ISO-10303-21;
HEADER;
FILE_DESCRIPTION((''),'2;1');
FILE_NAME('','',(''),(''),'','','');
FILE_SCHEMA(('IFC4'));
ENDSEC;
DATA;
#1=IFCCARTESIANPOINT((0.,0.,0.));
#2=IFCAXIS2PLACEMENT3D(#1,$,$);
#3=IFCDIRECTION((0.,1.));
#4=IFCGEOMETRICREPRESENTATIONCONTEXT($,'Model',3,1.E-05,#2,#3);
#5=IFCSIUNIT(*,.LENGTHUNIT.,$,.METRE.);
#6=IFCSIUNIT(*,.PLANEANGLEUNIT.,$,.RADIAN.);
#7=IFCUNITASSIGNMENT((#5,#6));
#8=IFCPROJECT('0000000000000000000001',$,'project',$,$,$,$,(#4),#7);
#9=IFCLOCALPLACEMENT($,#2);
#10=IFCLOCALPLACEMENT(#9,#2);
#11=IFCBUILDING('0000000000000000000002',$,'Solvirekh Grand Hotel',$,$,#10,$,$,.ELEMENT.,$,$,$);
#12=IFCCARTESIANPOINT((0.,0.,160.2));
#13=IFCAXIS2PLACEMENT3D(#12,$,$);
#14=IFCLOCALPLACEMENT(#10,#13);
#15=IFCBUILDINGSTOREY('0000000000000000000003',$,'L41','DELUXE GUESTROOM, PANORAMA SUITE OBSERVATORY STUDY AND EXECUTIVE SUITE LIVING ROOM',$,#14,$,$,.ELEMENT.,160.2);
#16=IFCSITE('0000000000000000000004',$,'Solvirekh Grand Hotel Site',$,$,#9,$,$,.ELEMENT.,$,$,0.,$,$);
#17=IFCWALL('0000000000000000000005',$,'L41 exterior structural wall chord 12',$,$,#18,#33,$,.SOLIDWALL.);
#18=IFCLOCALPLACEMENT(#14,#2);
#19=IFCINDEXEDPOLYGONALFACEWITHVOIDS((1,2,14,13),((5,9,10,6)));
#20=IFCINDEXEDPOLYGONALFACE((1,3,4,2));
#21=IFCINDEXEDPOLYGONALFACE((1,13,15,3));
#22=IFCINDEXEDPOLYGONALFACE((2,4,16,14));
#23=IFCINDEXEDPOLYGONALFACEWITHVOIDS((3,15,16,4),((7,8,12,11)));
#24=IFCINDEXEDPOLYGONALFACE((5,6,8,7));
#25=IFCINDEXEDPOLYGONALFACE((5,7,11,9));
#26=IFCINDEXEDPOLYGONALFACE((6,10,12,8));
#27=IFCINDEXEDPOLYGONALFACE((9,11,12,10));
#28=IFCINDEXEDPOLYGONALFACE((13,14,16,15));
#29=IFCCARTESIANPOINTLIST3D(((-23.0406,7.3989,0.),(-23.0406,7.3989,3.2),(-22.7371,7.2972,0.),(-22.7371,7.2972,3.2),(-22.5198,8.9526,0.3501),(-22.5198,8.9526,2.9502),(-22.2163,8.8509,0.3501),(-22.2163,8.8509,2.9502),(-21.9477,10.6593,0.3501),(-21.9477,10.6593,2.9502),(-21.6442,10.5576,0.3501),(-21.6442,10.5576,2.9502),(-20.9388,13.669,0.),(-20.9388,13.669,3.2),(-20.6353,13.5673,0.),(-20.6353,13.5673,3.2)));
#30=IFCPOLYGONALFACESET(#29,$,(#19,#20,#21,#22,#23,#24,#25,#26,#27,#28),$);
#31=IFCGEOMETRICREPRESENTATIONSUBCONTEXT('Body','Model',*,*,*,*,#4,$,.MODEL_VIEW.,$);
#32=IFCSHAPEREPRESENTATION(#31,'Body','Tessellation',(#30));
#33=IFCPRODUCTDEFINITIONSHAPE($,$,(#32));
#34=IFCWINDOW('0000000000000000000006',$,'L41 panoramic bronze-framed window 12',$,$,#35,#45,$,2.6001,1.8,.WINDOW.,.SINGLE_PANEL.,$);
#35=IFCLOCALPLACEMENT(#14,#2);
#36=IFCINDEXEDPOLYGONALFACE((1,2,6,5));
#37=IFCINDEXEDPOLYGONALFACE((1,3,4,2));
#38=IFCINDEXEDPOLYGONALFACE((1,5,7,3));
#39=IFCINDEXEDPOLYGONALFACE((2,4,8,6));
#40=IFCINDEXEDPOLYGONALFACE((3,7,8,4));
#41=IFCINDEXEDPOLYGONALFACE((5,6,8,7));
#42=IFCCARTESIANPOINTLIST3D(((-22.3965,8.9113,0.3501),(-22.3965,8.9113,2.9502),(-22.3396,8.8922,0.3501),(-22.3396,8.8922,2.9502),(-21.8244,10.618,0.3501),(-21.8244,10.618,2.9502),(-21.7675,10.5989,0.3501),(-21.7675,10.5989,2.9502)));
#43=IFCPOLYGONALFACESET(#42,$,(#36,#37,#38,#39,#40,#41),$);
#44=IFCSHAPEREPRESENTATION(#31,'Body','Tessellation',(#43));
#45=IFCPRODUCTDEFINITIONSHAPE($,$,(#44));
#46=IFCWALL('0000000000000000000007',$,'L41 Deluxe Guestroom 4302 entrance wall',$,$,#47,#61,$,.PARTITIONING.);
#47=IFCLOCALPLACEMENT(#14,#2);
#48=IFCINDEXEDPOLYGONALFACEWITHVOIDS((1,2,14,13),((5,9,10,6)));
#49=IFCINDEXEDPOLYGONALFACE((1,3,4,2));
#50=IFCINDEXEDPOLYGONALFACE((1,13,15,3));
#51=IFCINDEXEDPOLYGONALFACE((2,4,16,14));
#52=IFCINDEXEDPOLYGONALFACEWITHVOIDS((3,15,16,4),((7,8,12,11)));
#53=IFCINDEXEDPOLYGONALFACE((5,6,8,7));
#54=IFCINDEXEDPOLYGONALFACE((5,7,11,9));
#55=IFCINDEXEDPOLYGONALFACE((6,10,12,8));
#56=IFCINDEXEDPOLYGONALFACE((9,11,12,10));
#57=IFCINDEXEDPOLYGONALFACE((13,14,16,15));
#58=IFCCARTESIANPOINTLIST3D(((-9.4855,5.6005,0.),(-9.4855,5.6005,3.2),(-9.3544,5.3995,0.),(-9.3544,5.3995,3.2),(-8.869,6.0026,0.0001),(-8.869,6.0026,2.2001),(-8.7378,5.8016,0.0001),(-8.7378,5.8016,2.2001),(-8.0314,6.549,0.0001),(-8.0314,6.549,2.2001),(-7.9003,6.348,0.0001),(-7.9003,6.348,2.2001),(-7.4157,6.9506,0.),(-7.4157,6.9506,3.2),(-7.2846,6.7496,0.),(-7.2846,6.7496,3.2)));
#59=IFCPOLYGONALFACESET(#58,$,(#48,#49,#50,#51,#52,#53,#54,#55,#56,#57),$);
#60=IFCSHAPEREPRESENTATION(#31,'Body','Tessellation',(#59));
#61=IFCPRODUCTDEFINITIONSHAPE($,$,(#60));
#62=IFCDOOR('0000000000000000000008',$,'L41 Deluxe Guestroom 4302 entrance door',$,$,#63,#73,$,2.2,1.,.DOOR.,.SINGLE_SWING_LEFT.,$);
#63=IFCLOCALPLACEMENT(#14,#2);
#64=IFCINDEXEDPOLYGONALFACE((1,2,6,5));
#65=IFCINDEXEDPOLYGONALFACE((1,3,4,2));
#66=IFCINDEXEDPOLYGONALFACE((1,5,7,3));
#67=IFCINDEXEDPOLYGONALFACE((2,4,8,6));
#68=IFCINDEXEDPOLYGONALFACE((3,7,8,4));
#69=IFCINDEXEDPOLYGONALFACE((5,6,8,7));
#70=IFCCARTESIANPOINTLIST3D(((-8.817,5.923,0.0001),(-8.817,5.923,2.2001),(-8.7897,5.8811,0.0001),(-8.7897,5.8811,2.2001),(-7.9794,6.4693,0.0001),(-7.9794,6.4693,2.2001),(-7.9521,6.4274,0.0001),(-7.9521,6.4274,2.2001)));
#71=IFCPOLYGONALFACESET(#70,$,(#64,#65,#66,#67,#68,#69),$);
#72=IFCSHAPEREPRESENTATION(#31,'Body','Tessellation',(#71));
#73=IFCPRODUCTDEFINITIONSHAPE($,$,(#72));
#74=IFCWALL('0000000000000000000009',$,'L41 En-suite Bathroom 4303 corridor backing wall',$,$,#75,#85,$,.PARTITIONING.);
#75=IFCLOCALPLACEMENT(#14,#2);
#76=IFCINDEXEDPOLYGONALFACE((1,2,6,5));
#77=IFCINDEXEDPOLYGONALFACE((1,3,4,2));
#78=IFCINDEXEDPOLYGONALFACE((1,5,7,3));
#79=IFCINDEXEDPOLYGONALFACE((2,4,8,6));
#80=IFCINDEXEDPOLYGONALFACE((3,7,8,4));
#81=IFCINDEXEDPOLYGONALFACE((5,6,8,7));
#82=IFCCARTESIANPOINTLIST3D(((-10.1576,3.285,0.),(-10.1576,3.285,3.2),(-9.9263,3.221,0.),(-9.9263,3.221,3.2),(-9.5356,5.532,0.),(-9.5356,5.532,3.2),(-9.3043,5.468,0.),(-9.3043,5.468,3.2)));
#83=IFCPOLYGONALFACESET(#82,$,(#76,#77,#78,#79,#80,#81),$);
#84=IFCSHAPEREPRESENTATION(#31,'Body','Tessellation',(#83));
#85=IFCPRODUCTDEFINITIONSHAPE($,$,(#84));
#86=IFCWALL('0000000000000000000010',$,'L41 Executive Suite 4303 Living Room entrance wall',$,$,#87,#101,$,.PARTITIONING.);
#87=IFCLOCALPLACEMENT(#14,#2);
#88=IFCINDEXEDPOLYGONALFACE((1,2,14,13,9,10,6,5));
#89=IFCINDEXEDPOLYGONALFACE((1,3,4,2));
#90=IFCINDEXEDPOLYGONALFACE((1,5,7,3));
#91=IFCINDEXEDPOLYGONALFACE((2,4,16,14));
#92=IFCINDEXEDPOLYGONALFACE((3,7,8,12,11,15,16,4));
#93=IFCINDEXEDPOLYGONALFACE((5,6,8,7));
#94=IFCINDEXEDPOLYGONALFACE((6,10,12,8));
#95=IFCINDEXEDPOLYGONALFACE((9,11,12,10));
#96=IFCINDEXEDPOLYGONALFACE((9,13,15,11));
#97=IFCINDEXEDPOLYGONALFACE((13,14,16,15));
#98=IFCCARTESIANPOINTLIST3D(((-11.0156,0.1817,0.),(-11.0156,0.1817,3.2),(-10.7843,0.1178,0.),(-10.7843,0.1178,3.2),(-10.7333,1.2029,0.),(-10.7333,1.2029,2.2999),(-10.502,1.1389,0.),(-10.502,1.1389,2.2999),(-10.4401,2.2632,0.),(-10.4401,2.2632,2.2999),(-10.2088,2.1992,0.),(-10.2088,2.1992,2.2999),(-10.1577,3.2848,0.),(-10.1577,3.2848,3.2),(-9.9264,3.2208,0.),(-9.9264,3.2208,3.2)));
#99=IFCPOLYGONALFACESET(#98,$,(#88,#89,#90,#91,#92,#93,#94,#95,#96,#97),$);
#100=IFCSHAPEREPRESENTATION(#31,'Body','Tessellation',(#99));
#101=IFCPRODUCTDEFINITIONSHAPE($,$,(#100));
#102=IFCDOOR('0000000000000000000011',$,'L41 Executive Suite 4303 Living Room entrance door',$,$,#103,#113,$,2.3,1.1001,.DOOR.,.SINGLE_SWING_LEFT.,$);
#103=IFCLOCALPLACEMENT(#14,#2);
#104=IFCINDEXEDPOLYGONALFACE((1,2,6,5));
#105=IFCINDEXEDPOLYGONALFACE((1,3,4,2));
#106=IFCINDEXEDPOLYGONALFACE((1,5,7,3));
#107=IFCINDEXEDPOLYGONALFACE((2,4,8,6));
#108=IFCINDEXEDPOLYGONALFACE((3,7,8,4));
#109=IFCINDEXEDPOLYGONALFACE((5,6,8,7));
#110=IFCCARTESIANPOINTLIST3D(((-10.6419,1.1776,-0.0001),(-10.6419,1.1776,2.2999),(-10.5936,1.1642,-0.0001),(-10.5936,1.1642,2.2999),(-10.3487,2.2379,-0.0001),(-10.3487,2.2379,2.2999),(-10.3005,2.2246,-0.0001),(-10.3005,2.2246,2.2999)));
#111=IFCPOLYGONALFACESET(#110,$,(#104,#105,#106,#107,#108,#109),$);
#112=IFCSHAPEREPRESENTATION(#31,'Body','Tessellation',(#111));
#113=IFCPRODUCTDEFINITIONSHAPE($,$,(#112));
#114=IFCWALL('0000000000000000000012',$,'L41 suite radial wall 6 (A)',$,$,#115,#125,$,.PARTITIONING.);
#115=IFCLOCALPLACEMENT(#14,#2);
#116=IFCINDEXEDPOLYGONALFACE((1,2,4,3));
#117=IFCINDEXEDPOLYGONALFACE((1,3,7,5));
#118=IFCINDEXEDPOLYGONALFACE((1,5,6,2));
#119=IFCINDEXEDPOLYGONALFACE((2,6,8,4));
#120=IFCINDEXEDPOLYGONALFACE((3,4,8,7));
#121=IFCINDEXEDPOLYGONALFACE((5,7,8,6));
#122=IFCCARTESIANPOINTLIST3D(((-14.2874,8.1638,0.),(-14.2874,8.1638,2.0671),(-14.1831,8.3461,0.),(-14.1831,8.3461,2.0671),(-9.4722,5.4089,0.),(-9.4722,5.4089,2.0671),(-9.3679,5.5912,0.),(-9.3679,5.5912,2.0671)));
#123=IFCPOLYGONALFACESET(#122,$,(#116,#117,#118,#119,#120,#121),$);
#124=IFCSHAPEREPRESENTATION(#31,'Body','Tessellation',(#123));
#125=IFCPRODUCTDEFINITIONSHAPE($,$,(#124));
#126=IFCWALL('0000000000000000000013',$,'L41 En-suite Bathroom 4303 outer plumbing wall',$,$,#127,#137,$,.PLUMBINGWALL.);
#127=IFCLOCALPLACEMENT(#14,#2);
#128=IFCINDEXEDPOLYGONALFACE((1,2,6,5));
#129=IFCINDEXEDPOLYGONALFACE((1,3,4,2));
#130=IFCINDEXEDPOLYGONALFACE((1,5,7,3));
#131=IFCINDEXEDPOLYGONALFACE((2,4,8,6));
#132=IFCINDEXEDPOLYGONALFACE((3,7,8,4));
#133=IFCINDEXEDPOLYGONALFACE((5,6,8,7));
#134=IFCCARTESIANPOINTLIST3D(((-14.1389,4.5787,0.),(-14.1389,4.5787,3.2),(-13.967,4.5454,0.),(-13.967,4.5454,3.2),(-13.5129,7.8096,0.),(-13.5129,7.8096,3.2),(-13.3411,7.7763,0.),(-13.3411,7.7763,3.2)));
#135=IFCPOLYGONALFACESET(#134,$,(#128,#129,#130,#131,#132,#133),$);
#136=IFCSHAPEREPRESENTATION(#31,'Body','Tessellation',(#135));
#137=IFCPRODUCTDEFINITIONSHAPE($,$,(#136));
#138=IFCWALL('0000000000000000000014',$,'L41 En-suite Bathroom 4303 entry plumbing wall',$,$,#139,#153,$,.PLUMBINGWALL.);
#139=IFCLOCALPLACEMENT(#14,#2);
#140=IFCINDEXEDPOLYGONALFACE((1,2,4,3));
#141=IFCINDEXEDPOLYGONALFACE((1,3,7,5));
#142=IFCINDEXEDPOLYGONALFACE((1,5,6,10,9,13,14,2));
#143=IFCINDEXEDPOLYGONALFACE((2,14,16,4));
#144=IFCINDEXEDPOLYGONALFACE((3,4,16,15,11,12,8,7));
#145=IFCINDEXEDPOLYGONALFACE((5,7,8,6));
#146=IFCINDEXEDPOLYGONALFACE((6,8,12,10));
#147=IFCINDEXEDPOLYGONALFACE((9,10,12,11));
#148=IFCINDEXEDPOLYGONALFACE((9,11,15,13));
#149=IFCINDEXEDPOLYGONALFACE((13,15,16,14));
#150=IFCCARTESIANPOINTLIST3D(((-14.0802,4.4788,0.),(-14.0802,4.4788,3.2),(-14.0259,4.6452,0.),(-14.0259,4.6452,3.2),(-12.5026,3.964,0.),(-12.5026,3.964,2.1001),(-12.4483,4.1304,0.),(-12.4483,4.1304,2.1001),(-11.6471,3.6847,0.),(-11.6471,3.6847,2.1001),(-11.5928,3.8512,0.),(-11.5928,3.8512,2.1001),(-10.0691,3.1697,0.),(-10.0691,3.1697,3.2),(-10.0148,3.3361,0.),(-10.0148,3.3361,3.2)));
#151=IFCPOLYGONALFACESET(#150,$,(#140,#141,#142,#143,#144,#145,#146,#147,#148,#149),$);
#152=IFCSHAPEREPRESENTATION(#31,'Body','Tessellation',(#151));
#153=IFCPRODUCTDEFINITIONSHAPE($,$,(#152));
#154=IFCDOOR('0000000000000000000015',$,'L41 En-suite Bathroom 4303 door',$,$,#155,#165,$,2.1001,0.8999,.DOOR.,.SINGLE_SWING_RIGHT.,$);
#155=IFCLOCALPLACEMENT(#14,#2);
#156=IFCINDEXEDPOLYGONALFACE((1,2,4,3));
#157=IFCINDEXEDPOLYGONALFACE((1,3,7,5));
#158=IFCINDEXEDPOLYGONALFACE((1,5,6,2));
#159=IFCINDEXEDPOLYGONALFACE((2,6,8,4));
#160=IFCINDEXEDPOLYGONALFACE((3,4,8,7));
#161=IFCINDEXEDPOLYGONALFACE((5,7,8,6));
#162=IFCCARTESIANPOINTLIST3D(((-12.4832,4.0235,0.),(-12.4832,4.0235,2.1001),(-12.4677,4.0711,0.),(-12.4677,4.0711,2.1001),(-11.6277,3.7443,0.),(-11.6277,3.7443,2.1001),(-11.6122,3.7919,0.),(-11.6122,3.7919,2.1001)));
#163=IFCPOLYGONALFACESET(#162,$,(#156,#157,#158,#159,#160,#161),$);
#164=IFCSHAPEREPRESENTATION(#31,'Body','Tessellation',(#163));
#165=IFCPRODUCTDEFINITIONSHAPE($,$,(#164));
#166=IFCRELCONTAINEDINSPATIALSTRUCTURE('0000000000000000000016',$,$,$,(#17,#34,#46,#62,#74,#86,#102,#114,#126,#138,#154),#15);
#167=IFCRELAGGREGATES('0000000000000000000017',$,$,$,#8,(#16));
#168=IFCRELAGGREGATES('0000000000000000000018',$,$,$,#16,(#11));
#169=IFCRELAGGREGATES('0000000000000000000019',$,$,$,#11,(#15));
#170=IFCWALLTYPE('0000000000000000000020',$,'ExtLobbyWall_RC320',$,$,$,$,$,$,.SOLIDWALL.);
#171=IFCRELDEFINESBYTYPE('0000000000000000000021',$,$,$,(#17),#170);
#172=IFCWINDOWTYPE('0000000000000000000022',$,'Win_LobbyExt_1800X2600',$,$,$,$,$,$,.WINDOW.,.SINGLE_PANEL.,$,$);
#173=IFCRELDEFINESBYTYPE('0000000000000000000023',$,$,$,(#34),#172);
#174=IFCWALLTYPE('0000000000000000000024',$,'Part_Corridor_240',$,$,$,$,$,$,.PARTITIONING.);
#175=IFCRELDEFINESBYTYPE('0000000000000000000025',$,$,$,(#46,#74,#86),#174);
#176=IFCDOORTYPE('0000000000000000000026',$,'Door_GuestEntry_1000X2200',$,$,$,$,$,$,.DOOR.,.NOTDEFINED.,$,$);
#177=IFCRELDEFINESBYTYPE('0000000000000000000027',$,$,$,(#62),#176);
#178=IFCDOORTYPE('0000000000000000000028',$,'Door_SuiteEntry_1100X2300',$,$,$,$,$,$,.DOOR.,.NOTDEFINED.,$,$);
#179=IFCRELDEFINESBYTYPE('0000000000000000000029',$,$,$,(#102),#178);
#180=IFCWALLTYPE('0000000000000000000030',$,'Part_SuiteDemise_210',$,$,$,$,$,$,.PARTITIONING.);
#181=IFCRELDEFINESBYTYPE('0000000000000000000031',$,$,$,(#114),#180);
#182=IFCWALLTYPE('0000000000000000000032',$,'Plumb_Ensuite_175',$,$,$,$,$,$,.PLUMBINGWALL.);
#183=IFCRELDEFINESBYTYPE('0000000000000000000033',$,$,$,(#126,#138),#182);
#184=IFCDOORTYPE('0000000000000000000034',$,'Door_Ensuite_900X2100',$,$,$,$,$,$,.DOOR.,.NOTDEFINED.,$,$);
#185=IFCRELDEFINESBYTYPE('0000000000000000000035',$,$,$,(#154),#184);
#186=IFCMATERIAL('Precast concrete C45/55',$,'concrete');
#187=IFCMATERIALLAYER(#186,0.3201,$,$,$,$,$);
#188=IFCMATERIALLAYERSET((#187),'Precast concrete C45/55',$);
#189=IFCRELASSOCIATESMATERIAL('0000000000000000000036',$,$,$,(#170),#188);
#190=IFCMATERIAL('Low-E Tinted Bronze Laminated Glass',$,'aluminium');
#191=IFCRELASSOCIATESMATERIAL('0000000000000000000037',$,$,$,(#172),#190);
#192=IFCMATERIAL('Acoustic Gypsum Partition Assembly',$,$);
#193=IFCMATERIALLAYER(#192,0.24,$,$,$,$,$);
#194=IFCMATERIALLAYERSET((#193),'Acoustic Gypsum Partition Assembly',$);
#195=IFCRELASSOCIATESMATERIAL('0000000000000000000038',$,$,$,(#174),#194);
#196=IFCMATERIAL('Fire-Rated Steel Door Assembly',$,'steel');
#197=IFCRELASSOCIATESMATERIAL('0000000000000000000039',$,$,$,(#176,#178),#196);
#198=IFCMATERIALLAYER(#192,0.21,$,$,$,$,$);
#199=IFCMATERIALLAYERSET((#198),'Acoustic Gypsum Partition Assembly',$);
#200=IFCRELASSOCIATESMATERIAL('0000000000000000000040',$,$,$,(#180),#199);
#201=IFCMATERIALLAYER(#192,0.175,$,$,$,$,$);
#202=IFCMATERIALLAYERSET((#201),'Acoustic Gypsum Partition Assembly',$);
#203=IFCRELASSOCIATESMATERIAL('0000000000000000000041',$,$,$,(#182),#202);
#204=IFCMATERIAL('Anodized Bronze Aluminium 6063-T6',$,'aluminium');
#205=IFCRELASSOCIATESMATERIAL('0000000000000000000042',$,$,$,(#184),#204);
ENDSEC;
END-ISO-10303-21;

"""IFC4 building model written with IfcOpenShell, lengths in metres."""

from ifc_helpers import new_model, si_unit, direction, frame, frame_2d, origin, place, context, subcontext, project, spatial, rectangle, extrude, material, layer, layer_set, type_object, element, fill, save


model = new_model("IFC4")

# Units and contexts
model_context = context("Model", 3, precision=1e-05, world=origin(), true_north=direction((0.0, 1.0)))
body_context = subcontext(model_context, "Body", "Model", "MODEL_VIEW")
ifc_project = project(units=[si_unit("LENGTHUNIT", "METRE"), si_unit("PLANEANGLEUNIT", "RADIAN")], contexts=[model_context])

# Site, building, storey
site_placement = place(None, origin())
site = spatial("IfcSite", under=ifc_project, at=site_placement, Name="Solvirekh Grand Hotel Site", CompositionType="ELEMENT", RefElevation=0.0)
building_placement = place(site_placement, origin())
building = spatial("IfcBuilding", under=site, at=building_placement, Name="Solvirekh Grand Hotel", CompositionType="ELEMENT")
storey_placement = place(building_placement, frame((0.0, 0.0, 160.2)))
storey = spatial("IfcBuildingStorey", under=building, at=storey_placement, Name="L41", Description="DELUXE GUESTROOM, PANORAMA SUITE OBSERVATORY STUDY AND EXECUTIVE SUITE LIVING ROOM", CompositionType="ELEMENT", Elevation=160.2)

# Shared definitions
ifc_material_1 = material(Name="Anodized Bronze Aluminium 6063-T6", Category="aluminium")
ifc_material_2 = material(Name="Low-E Tinted Bronze Laminated Glass", Category="aluminium")

# Wall, opening, window
ifc_material_3 = material(Name="Precast concrete C45/55", Category="concrete")
ifc_layer_1 = layer(ifc_material_3, 0.3201)
ifc_layer_set_1 = layer_set([ifc_layer_1], Name="Precast concrete C45/55")
wall_type_1 = type_object("IfcWallType", Name="ExtLobbyWall_RC320", PredefinedType="SOLIDWALL", material=ifc_layer_set_1)
wall_1_placement = place(storey_placement, frame((-22.8889, 7.3479, 0.0), z_axis=(0.0, 0.0, 1.0), x_axis=(0.317833, 0.948147, 0.0)))
wall_1 = element("IfcWall", 1, at=wall_1_placement, inside=storey, type_object=wall_type_1, Name="L41 exterior structural wall chord 12", PredefinedType="SOLIDWALL", context=body_context, shape_type="SweptSolid", body=[
    extrude(rectangle(XDim=6.613, YDim=0.3201, at=frame_2d((3.3066, 0.0))), origin(), (0.0, 0.0, 1.0), 3.2),
])
opening_1_placement = place(wall_1_placement, frame((1.6389, 0.0, 0.3501)))
opening_1 = element("IfcOpeningElement", 2, at=opening_1_placement, cuts=wall_1, PredefinedType="OPENING", context=body_context, shape_type="SweptSolid", body=[
    extrude(rectangle(XDim=1.8, YDim=2.6001, at=frame_2d((0.8999, 1.3))), frame((0.0, 0.1699, 0.0), z_axis=(0.0, -1.0, 0.0), x_axis=(1.0, 0.0, 0.0)), (0.0, 0.0, 1.0), 0.3401),
])
window_type = type_object("IfcWindowType", Name="Win_LobbyExt_1800X2600", PartitioningType="SINGLE_PANEL", PredefinedType="WINDOW", material=ifc_material_2)
window_placement = place(opening_1_placement, origin())
window = element("IfcWindow", 3, at=window_placement, inside=storey, type_object=window_type, Name="L41 panoramic bronze-framed window 12", OverallHeight=2.6001, OverallWidth=1.8, PartitioningType="SINGLE_PANEL", PredefinedType="WINDOW", context=body_context, shape_type="SweptSolid", body=[
    extrude(rectangle(XDim=1.8, YDim=2.6001, at=frame_2d((0.8999, 1.3))), frame((0.0, 0.03, 0.0), z_axis=(0.0, -1.0, 0.0), x_axis=(1.0, 0.0, 0.0)), (0.0, 0.0, 1.0), 0.0601),
])
fill(opening_1, window)

# Wall, opening, door
ifc_material_4 = material(Name="Acoustic Gypsum Partition Assembly")
ifc_layer_2 = layer(ifc_material_4, 0.24)
ifc_layer_set_2 = layer_set([ifc_layer_2], Name="Acoustic Gypsum Partition Assembly")
wall_type_2 = type_object("IfcWallType", Name="Part_Corridor_240", PredefinedType="PARTITIONING", material=ifc_layer_set_2)
wall_2_placement = place(storey_placement, frame((-9.4199, 5.5, 0.0), z_axis=(0.0, 0.0, 1.0), x_axis=(0.837571, 0.546328, 0.0)))
wall_2 = element("IfcWall", 4, at=wall_2_placement, inside=storey, type_object=wall_type_2, Name="L41 Deluxe Guestroom 4302 entrance wall", PredefinedType="PARTITIONING", context=body_context, shape_type="SweptSolid", body=[
    extrude(rectangle(XDim=2.4712, YDim=0.24, at=frame_2d((1.2356, 0.0))), origin(), (0.0, 0.0, 1.0), 3.2),
])
opening_2_placement = place(wall_2_placement, frame((0.7361, 0.0, 0.0)))
opening_2 = element("IfcOpeningElement", 5, at=opening_2_placement, cuts=wall_2, PredefinedType="OPENING", context=body_context, shape_type="SweptSolid", body=[
    extrude(rectangle(XDim=1.0, YDim=2.2, at=frame_2d((0.5, 1.1001))), frame((0.0, 0.1299, 0.0), z_axis=(0.0, -1.0, 0.0), x_axis=(1.0, 0.0, 0.0)), (0.0, 0.0, 1.0), 0.26),
])
ifc_material_5 = material(Name="Fire-Rated Steel Door Assembly", Category="steel")
door_type_1 = type_object("IfcDoorType", Name="Door_GuestEntry_1000X2200", OperationType="NOTDEFINED", PredefinedType="DOOR", material=ifc_material_5)
door_1_placement = place(opening_2_placement, origin())
door_1 = element("IfcDoor", 6, at=door_1_placement, inside=storey, type_object=door_type_1, Name="L41 Deluxe Guestroom 4302 entrance door", OperationType="SINGLE_SWING_LEFT", OverallHeight=2.2, OverallWidth=1.0, PredefinedType="DOOR", context=body_context, shape_type="SweptSolid", body=[
    extrude(rectangle(XDim=1.0, YDim=2.2, at=frame_2d((0.5, 1.1001))), frame((0.0, 0.0249, 0.0), z_axis=(0.0, -1.0, 0.0), x_axis=(1.0, 0.0, 0.0)), (0.0, 0.0, 1.0), 0.05),
])
fill(opening_2, door_1)

# Wall
wall_3_placement = place(storey_placement, frame((-9.4199, 5.5, 0.0), z_axis=(0.0, 0.0, 1.0), x_axis=(-0.266801, -0.963752, 0.0)))
element("IfcWall", 7, at=wall_3_placement, inside=storey, type_object=wall_type_2, Name="L41 En-suite Bathroom 4303 corridor backing wall", PredefinedType="PARTITIONING", context=body_context, shape_type="SweptSolid", body=[
    extrude(rectangle(XDim=2.3315, YDim=0.24, at=frame_2d((1.1658, 0.0))), origin(), (0.0, 0.0, 1.0), 3.2),
])

# Wall, opening, door
wall_4_placement = place(storey_placement, frame((-10.042, 3.2529, 0.0), z_axis=(0.0, 0.0, 1.0), x_axis=(-0.266478, -0.963841, 0.0)))
wall_4 = element("IfcWall", 8, at=wall_4_placement, inside=storey, type_object=wall_type_2, Name="L41 Executive Suite 4303 Living Room entrance wall", PredefinedType="PARTITIONING", context=body_context, shape_type="SweptSolid", body=[
    extrude(rectangle(XDim=3.2195, YDim=0.24, at=frame_2d((1.6099, 0.0))), origin(), (0.0, 0.0, 1.0), 3.2),
])
opening_3_placement = place(wall_4_placement, frame((1.0601, 0.0, 0.0)))
opening_3 = element("IfcOpeningElement", 9, at=opening_3_placement, cuts=wall_4, PredefinedType="OPENING", context=body_context, shape_type="SweptSolid", body=[
    extrude(rectangle(XDim=1.1001, YDim=2.3, at=frame_2d((0.55, 1.1499))), frame((0.0, 0.1299, 0.0), z_axis=(0.0, -1.0, 0.0), x_axis=(1.0, 0.0, 0.0)), (0.0, 0.0, 1.0), 0.26),
])
door_type_2 = type_object("IfcDoorType", Name="Door_SuiteEntry_1100X2300", OperationType="NOTDEFINED", PredefinedType="DOOR", material=ifc_material_5)
door_2_placement = place(opening_3_placement, origin())
door_2 = element("IfcDoor", 10, at=door_2_placement, inside=storey, type_object=door_type_2, Name="L41 Executive Suite 4303 Living Room entrance door", OperationType="SINGLE_SWING_LEFT", OverallHeight=2.3, OverallWidth=1.1001, PredefinedType="DOOR", context=body_context, shape_type="SweptSolid", body=[
    extrude(rectangle(XDim=1.1001, YDim=2.3, at=frame_2d((0.55, 1.1499))), frame((0.0, 0.0249, 0.0), z_axis=(0.0, -1.0, 0.0), x_axis=(1.0, 0.0, 0.0)), (0.0, 0.0, 1.0), 0.05),
])
fill(opening_3, door_2)

# Walls
ifc_layer_3 = layer(ifc_material_4, 0.21)
ifc_layer_set_3 = layer_set([ifc_layer_3], Name="Acoustic Gypsum Partition Assembly")
wall_type_3 = type_object("IfcWallType", Name="Part_SuiteDemise_210", PredefinedType="PARTITIONING", material=ifc_layer_set_3)
wall_5_placement = place(storey_placement, frame((-9.4199, 5.5, 0.0), z_axis=(0.0, 0.0, 1.0), x_axis=(-0.867983, 0.496594, 0.0)))
element("IfcWall", 11, at=wall_5_placement, inside=storey, type_object=wall_type_3, Name="L41 suite radial wall 6 (A)", PredefinedType="PARTITIONING", context=body_context, shape_type="SweptSolid", body=[
    extrude(rectangle(XDim=5.5476, YDim=0.21, at=frame_2d((2.7739, 0.0))), origin(), (0.0, 0.0, 1.0), 2.0671),
])
ifc_layer_4 = layer(ifc_material_4, 0.175)
ifc_layer_set_4 = layer_set([ifc_layer_4], Name="Acoustic Gypsum Partition Assembly")
wall_type_4 = type_object("IfcWallType", Name="Plumb_Ensuite_175", PredefinedType="PLUMBINGWALL", material=ifc_layer_set_4)
wall_6_placement = place(storey_placement, frame((-13.427, 7.793, 0.0), z_axis=(0.0, 0.0, 1.0), x_axis=(-0.190206, -0.981744, 0.0)))
element("IfcWall", 12, at=wall_6_placement, inside=storey, type_object=wall_type_4, Name="L41 En-suite Bathroom 4303 outer plumbing wall", PredefinedType="PLUMBINGWALL", context=body_context, shape_type="SweptSolid", body=[
    extrude(rectangle(XDim=3.291, YDim=0.175, at=frame_2d((1.6455, 0.0))), origin(), (0.0, 0.0, 1.0), 3.2),
])

# Wall, opening, door
wall_7_placement = place(storey_placement, frame((-10.042, 3.2529, 0.0), z_axis=(0.0, 0.0, 1.0), x_axis=(-0.950649, 0.310267, 0.0)))
wall_7 = element("IfcWall", 13, at=wall_7_placement, inside=storey, type_object=wall_type_4, Name="L41 En-suite Bathroom 4303 entry plumbing wall", PredefinedType="PLUMBINGWALL", context=body_context, shape_type="SweptSolid", body=[
    extrude(rectangle(XDim=4.2192, YDim=0.175, at=frame_2d((2.1096, 0.0))), origin(), (0.0, 0.0, 1.0), 3.2),
])
opening_4_placement = place(wall_7_placement, frame((1.6599, 0.0, 0.0)))
opening_4 = element("IfcOpeningElement", 14, at=opening_4_placement, cuts=wall_7, PredefinedType="OPENING", context=body_context, shape_type="SweptSolid", body=[
    extrude(rectangle(XDim=0.8999, YDim=2.1001, at=frame_2d((0.45, 1.05))), frame((0.0, 0.0977, 0.0), z_axis=(0.0, -1.0, 0.0), x_axis=(1.0, 0.0, 0.0)), (0.0, 0.0, 1.0), 0.1951),
])
door_type_3 = type_object("IfcDoorType", Name="Door_Ensuite_900X2100", OperationType="NOTDEFINED", PredefinedType="DOOR", material=ifc_material_1)
door_3_placement = place(opening_4_placement, origin())
door_3 = element("IfcDoor", 15, at=door_3_placement, inside=storey, type_object=door_type_3, Name="L41 En-suite Bathroom 4303 door", OperationType="SINGLE_SWING_RIGHT", OverallHeight=2.1001, OverallWidth=0.8999, PredefinedType="DOOR", context=body_context, shape_type="SweptSolid", body=[
    extrude(rectangle(XDim=0.8999, YDim=2.1001, at=frame_2d((0.45, 1.05))), frame((0.0, 0.0249, 0.0), z_axis=(0.0, -1.0, 0.0), x_axis=(1.0, 0.0, 0.0)), (0.0, 0.0, 1.0), 0.05),
])
fill(opening_4, door_3)

save(model, "model.ifc")
